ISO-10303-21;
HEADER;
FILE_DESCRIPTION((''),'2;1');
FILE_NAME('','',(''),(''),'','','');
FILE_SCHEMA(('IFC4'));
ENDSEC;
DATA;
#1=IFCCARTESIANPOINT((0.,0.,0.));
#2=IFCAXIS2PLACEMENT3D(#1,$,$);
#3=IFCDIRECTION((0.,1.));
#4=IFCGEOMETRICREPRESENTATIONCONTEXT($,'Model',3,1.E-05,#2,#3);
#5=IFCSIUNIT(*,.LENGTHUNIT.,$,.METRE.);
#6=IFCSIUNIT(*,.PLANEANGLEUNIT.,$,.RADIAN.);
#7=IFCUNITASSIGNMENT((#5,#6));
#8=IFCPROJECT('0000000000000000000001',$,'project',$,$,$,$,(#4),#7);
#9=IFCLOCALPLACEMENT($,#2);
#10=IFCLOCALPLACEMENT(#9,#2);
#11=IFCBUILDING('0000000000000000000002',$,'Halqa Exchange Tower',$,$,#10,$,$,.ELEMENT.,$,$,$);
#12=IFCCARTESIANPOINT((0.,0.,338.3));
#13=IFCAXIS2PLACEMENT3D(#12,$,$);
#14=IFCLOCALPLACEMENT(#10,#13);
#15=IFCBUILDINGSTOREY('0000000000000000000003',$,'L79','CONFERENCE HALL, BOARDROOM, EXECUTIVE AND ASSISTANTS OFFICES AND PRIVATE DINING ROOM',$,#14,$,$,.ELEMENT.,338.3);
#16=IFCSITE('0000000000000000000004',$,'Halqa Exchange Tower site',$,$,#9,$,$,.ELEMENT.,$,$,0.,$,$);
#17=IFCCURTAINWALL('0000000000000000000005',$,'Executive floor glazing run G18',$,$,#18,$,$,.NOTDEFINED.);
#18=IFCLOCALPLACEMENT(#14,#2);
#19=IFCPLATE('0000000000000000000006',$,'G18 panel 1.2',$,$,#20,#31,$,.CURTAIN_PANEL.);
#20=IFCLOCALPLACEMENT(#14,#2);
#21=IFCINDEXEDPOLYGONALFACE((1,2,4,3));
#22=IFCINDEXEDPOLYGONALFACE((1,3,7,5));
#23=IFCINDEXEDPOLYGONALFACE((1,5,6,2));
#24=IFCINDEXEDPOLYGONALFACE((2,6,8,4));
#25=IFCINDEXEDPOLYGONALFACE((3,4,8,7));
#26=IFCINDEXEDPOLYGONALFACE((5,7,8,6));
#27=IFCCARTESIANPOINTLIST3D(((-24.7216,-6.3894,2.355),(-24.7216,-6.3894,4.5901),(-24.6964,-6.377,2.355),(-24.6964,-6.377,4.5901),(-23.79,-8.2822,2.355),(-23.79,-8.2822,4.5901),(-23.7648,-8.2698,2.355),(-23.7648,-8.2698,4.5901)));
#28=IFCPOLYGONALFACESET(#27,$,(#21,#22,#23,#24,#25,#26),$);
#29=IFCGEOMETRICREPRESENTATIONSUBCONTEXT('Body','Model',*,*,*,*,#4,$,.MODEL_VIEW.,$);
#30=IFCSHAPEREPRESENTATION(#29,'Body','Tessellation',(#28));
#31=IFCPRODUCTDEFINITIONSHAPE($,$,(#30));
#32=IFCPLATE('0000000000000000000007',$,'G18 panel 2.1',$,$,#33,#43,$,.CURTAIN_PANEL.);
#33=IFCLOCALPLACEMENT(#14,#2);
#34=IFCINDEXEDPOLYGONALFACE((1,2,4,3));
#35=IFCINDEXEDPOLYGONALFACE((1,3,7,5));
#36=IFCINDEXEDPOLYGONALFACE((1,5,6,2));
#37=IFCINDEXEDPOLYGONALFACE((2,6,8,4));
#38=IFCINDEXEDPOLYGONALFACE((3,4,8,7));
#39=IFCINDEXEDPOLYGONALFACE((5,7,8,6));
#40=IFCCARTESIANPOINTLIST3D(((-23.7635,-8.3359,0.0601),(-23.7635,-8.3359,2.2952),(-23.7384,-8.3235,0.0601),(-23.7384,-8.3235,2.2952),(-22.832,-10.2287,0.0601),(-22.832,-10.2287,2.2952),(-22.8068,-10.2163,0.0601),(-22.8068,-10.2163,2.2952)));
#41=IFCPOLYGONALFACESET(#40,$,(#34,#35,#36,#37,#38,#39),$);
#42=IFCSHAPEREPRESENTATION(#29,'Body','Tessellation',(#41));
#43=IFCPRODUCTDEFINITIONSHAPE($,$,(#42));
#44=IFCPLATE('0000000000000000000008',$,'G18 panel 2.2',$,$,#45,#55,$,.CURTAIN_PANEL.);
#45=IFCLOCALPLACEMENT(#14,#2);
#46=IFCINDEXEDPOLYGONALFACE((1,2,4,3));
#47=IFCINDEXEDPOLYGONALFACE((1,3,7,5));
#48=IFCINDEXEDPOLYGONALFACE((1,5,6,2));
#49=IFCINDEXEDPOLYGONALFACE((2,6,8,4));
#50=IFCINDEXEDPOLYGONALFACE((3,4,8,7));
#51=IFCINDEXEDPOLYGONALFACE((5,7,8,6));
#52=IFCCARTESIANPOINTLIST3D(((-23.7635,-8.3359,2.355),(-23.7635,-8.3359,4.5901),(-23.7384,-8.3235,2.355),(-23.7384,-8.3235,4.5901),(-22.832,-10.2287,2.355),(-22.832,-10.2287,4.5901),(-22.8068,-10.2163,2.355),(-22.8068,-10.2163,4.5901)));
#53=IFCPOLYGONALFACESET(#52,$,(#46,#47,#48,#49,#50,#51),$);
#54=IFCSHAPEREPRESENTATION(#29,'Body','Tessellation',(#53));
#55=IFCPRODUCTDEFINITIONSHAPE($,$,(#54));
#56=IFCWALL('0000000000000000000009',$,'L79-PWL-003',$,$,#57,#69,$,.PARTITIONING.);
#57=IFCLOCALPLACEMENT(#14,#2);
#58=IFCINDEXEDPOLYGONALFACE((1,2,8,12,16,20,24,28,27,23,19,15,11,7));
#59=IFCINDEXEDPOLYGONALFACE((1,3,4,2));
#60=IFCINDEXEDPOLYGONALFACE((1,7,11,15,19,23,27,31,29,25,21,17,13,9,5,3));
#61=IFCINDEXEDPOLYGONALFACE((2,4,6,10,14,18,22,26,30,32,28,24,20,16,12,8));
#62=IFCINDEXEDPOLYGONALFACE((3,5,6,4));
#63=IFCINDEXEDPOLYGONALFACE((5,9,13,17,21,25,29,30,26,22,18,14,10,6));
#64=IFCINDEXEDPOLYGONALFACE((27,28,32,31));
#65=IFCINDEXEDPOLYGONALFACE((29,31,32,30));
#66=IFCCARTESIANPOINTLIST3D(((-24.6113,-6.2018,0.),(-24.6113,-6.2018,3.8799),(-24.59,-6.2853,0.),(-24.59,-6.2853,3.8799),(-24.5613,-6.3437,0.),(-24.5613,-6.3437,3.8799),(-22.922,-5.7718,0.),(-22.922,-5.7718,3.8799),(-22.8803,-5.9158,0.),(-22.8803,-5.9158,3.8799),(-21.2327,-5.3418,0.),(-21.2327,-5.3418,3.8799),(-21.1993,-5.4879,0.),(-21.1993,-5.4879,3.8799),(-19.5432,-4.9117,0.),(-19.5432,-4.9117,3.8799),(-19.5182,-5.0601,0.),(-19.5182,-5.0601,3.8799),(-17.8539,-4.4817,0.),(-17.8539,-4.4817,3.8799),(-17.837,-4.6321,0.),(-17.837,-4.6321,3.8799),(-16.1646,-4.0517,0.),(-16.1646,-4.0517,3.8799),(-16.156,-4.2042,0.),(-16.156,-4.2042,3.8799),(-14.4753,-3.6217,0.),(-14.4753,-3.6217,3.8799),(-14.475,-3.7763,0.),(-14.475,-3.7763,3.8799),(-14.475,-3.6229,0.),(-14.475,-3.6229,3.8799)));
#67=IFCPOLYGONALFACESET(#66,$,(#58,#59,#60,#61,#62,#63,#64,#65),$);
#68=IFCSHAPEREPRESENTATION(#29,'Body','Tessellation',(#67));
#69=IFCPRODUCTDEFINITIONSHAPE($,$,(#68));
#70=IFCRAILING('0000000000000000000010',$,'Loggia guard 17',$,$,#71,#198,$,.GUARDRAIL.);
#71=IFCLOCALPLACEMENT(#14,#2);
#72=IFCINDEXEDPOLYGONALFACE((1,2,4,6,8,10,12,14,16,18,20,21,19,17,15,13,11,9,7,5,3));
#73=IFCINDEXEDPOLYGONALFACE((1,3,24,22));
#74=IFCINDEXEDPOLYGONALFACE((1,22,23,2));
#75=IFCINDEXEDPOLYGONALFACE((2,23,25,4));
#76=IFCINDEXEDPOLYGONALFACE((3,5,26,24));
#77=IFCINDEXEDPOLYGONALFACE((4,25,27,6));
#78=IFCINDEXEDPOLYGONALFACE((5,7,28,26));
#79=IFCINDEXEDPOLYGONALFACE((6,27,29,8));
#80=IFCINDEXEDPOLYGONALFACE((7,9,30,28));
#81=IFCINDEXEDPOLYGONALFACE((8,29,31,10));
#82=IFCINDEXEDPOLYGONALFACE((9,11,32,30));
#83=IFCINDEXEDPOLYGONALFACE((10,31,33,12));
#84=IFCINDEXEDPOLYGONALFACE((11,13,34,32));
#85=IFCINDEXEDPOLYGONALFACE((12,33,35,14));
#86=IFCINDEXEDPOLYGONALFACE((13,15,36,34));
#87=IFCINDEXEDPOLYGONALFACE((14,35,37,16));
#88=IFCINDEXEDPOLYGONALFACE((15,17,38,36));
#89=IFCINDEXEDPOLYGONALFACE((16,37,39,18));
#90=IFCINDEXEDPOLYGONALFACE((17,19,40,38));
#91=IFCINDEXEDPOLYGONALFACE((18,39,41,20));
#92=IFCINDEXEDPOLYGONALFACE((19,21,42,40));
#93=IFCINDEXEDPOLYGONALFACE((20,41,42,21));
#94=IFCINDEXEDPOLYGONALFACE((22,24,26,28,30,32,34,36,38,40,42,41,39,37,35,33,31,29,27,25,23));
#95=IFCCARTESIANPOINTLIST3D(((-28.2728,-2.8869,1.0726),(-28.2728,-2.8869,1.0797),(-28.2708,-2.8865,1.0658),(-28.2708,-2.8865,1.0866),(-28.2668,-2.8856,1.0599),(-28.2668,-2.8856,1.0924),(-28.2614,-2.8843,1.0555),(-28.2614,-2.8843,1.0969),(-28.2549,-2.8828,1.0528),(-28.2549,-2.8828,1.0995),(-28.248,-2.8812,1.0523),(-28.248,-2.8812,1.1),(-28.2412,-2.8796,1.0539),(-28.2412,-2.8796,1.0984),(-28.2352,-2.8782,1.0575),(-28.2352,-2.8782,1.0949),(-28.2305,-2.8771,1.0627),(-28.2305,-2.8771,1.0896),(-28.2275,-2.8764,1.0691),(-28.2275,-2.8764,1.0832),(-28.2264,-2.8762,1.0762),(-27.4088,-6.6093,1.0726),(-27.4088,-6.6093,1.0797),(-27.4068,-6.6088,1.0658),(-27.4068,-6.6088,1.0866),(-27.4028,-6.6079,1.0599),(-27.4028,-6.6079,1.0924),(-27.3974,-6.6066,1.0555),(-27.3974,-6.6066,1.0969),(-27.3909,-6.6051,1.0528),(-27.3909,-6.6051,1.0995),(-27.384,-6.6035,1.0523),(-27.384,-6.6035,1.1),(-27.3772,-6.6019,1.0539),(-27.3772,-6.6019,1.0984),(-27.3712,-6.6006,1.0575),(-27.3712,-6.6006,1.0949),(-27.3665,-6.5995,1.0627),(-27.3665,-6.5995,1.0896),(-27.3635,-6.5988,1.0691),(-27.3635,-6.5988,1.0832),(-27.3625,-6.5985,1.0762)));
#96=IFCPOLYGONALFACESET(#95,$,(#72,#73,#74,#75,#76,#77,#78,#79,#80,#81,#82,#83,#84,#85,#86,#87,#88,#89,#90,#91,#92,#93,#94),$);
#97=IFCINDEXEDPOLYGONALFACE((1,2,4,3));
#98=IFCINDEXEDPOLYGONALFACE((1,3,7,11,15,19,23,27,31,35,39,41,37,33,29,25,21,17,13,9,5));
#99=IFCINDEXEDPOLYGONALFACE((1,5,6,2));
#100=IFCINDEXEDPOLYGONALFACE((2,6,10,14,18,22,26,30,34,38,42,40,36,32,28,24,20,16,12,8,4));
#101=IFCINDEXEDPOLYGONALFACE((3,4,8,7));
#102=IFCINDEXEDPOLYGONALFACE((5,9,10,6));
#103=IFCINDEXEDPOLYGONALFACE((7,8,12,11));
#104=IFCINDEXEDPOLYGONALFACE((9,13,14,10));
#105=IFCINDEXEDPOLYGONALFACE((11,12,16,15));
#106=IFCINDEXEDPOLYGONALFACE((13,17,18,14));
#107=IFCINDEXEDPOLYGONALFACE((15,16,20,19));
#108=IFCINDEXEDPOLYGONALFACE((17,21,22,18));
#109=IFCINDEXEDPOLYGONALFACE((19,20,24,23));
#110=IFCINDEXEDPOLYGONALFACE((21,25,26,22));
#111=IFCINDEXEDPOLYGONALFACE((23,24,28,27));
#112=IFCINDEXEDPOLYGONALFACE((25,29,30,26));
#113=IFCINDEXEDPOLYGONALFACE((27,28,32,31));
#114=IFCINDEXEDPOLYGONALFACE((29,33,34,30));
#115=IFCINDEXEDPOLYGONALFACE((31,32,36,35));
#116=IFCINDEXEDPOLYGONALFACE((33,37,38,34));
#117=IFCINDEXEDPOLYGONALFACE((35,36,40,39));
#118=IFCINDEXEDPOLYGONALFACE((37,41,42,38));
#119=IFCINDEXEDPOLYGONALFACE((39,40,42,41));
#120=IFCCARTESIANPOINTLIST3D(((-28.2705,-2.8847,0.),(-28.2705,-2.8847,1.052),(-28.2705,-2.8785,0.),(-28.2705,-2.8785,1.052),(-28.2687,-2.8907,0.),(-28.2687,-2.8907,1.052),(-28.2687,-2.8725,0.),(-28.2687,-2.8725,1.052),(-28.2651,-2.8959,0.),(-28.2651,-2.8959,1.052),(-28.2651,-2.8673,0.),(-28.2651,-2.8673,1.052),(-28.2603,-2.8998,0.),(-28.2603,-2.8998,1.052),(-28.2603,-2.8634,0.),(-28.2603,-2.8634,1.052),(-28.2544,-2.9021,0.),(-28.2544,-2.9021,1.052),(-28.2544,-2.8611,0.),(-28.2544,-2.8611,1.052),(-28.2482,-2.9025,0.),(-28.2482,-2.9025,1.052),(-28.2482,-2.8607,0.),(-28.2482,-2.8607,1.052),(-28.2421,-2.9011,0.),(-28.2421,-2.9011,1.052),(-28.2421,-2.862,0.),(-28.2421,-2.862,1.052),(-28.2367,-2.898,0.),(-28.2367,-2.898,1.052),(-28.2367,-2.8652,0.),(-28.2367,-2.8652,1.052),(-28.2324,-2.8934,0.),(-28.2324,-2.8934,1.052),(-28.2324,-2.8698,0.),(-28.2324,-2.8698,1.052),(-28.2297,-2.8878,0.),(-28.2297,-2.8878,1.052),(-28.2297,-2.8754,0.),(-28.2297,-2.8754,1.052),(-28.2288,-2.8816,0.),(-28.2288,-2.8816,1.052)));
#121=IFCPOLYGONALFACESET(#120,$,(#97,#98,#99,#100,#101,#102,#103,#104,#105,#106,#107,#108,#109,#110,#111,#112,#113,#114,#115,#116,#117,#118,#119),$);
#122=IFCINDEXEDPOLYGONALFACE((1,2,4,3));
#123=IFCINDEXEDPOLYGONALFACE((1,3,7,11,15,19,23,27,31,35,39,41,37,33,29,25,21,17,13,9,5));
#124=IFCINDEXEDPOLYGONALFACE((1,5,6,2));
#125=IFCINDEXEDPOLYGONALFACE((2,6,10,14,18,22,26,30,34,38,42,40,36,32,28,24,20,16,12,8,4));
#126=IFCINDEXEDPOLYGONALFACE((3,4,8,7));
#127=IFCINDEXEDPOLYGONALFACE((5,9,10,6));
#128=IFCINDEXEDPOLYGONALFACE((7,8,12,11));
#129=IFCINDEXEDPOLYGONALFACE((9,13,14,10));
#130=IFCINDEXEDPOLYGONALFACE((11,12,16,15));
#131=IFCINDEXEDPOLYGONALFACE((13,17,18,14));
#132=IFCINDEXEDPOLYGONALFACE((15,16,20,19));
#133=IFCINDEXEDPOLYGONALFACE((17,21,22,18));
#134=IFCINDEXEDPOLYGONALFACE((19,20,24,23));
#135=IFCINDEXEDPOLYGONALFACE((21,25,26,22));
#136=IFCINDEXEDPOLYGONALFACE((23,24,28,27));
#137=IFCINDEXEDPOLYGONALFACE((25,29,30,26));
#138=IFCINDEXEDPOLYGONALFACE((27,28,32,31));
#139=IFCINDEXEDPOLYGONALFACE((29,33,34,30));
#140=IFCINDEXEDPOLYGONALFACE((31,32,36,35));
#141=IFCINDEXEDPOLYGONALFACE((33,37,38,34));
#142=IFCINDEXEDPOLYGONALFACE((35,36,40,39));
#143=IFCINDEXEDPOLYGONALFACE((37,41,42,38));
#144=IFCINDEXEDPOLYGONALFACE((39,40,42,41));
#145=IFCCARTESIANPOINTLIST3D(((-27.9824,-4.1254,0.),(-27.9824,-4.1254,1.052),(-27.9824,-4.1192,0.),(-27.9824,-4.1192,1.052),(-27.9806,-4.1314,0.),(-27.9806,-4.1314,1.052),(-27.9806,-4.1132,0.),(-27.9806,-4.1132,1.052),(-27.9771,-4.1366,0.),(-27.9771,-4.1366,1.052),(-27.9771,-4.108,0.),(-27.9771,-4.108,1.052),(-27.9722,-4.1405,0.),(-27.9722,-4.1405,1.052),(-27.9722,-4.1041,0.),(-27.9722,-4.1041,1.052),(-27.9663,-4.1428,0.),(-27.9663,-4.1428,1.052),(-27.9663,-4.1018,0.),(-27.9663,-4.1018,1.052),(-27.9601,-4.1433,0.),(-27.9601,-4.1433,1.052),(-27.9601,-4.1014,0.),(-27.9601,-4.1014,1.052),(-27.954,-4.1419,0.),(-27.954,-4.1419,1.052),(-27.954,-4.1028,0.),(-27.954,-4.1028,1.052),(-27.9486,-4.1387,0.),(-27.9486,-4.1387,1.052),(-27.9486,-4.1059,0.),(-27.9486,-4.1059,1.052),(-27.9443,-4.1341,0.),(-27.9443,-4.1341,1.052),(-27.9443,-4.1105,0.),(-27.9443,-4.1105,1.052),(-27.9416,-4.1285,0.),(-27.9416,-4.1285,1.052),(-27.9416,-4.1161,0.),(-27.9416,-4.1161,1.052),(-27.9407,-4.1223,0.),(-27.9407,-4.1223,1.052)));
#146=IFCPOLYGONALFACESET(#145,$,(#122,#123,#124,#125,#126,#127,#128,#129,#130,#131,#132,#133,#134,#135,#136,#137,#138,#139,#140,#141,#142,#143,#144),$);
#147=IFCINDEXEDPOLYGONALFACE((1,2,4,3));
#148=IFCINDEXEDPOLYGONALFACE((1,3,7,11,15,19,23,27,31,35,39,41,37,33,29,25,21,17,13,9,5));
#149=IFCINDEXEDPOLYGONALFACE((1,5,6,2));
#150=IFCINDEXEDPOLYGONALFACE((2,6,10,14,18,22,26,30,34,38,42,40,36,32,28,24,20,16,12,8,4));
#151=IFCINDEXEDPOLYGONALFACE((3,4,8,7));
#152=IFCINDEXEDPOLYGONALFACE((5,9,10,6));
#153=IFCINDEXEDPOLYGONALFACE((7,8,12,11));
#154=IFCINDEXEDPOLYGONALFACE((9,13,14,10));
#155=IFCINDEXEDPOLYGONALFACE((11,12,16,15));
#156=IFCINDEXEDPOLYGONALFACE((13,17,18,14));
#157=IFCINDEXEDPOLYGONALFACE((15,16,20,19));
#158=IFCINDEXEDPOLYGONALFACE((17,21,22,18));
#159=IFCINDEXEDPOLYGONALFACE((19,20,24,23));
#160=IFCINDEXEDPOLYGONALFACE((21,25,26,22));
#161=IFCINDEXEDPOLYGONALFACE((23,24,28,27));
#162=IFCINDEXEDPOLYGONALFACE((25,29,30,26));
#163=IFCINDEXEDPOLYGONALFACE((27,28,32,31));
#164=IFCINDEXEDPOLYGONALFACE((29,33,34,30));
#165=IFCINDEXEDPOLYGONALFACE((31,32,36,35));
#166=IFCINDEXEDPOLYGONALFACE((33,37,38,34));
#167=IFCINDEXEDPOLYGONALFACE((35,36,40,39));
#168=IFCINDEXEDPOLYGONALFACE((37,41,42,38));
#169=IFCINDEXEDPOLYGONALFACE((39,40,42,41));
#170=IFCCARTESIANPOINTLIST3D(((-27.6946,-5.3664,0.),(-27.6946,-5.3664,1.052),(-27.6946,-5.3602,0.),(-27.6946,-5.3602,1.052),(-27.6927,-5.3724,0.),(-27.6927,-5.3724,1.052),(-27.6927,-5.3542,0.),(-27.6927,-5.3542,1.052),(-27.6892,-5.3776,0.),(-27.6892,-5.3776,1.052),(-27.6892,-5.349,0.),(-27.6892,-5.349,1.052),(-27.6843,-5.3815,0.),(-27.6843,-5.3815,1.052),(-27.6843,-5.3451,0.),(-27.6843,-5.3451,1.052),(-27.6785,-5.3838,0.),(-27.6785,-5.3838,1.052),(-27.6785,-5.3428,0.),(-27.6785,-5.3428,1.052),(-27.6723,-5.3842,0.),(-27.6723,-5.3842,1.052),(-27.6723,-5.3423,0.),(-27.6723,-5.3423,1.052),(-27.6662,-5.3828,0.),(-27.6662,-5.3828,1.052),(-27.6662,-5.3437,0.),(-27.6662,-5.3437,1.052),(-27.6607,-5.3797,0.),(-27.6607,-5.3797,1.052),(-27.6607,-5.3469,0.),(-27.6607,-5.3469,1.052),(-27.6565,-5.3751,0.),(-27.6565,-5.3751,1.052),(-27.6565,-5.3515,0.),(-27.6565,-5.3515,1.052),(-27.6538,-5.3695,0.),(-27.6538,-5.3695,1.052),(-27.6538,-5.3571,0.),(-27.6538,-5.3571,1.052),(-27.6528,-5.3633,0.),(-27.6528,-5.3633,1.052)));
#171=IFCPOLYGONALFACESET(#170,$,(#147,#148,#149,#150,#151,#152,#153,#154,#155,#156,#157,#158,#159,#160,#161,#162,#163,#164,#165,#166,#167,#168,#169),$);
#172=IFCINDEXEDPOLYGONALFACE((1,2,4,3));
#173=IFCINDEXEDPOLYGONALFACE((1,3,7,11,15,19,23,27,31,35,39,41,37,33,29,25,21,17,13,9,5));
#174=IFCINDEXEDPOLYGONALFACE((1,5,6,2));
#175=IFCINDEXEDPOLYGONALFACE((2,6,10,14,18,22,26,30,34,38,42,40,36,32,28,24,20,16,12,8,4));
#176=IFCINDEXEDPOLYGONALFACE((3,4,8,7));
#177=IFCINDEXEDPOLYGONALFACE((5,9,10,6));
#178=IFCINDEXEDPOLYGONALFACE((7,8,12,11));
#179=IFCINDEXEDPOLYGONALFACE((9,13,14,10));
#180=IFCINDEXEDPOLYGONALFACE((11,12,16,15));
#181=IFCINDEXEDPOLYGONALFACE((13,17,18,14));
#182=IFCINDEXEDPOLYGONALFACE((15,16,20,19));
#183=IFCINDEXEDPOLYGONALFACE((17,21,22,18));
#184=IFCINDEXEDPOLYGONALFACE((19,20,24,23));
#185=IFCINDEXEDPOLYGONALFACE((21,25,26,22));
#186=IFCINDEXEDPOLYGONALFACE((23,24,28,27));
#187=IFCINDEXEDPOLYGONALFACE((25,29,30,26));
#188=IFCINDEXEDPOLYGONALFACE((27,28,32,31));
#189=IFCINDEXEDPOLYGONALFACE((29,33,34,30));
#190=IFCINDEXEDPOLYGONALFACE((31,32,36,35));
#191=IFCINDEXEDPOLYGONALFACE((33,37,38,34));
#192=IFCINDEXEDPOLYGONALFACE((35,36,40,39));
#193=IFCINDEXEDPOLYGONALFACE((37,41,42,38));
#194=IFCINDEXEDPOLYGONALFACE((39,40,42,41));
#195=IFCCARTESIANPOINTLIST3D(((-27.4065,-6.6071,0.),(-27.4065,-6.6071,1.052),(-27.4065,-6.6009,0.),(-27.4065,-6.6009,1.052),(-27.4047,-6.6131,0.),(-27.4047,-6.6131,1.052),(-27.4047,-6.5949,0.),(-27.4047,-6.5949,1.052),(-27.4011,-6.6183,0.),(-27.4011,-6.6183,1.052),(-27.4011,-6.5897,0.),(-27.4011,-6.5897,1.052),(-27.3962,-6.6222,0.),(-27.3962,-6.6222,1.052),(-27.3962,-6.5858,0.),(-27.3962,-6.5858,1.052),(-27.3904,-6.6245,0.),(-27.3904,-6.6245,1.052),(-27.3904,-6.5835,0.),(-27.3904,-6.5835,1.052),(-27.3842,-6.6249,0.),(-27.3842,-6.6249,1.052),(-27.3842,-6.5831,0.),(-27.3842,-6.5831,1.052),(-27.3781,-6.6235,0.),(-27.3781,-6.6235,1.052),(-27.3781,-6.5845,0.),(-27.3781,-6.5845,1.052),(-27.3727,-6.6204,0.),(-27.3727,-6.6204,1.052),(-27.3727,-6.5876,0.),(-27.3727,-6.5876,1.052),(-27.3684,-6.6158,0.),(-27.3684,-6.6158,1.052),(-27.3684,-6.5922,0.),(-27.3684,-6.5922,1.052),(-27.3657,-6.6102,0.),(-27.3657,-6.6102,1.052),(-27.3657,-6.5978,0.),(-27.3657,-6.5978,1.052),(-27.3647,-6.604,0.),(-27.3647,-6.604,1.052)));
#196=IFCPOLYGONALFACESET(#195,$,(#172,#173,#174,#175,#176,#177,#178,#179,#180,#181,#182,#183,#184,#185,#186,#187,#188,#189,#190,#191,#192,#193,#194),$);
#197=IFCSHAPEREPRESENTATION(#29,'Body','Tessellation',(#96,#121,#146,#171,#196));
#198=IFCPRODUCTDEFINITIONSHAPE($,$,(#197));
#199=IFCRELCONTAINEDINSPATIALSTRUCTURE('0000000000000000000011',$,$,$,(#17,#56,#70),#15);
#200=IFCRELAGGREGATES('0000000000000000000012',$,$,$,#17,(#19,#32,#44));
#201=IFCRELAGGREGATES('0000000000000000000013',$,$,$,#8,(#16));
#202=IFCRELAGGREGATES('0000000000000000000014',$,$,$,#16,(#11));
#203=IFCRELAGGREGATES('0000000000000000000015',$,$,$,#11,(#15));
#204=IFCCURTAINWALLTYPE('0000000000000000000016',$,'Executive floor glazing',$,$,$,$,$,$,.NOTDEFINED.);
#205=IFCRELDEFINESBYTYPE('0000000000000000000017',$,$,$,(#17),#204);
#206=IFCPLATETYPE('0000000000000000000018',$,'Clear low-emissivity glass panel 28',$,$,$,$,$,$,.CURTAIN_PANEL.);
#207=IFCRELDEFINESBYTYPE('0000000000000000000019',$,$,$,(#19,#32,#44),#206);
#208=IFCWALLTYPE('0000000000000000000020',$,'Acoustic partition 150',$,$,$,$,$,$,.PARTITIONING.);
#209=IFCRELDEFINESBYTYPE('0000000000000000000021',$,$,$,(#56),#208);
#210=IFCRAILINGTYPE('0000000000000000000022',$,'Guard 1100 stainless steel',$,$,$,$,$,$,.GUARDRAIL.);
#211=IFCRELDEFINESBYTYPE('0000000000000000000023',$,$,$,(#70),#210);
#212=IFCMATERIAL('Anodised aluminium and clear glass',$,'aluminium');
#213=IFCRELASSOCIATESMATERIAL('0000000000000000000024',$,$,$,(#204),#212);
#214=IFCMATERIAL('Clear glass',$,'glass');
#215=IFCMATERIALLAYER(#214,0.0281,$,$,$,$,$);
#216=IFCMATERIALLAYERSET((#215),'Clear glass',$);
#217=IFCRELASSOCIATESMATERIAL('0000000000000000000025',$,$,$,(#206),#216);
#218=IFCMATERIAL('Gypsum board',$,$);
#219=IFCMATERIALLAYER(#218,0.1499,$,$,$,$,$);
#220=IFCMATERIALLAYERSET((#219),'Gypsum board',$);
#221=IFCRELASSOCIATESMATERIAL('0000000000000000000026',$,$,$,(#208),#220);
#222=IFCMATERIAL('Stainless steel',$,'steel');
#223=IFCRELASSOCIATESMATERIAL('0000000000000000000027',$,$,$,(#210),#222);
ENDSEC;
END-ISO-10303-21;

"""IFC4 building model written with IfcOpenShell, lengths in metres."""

from ifc_helpers import new_model, si_unit, direction, frame, origin, origin_2d, place, context, subcontext, project, spatial, polyline, rectangle, circle, outline, extrude, material, layer, layer_set, type_object, element, aggregate, save


model = new_model("IFC4")

# Units and contexts
model_context = context("Model", 3, precision=1e-05, world=origin(), true_north=direction((0.0, 1.0)))
body_context = subcontext(model_context, "Body", "Model", "MODEL_VIEW")
ifc_project = project(units=[si_unit("LENGTHUNIT", "METRE"), si_unit("PLANEANGLEUNIT", "RADIAN")], contexts=[model_context])

# Site, building, storey
site_placement = place(None, origin())
site = spatial("IfcSite", under=ifc_project, at=site_placement, Name="Halqa Exchange Tower site", CompositionType="ELEMENT", RefElevation=0.0)
building_placement = place(site_placement, origin())
building = spatial("IfcBuilding", under=site, at=building_placement, Name="Halqa Exchange Tower", CompositionType="ELEMENT")
storey_placement = place(building_placement, frame((0.0, 0.0, 338.3)))
storey = spatial("IfcBuildingStorey", under=building, at=storey_placement, Name="L79", Description="CONFERENCE HALL, BOARDROOM, EXECUTIVE AND ASSISTANTS OFFICES AND PRIVATE DINING ROOM", CompositionType="ELEMENT", Elevation=338.3)

# Curtain wall
ifc_material_1 = material(Name="Anodised aluminium and clear glass", Category="aluminium")
curtain_wall_type = type_object("IfcCurtainWallType", Name="Executive floor glazing", PredefinedType="NOTDEFINED", material=ifc_material_1)
curtain_wall_1_placement = place(storey_placement, origin())
curtain_wall_1 = element("IfcCurtainWall", 1, at=curtain_wall_1_placement, inside=storey, type_object=curtain_wall_type, Name="Executive floor glazing run G18", PredefinedType="NOTDEFINED")

# Plates
ifc_material_2 = material(Name="Clear glass", Category="glass")
ifc_layer_1 = layer(ifc_material_2, 0.0281)
ifc_layer_set_1 = layer_set([ifc_layer_1], Name="Clear glass")
plate_type = type_object("IfcPlateType", Name="Clear low-emissivity glass panel 28", PredefinedType="CURTAIN_PANEL", material=ifc_layer_set_1)
plate_1_placement = place(storey_placement, frame((-24.2432, -7.3296, 2.355), z_axis=(0.0, 0.0, 1.0), x_axis=(0.441595, -0.897215, 0.0)))
plate_1 = element("IfcPlate", 2, at=plate_1_placement, type_object=plate_type, Name="G18 panel 1.2", PredefinedType="CURTAIN_PANEL", context=body_context, shape_type="SweptSolid", body=[
    extrude(rectangle(XDim=2.1096, YDim=0.0281, at=origin_2d()), origin(), (0.0, 0.0, 1.0), 2.2351),
])
plate_2_placement = place(storey_placement, frame((-23.2852, -9.2761, 0.0601), z_axis=(0.0, 0.0, 1.0), x_axis=(0.441595, -0.897215, 0.0)))
plate_2 = element("IfcPlate", 3, at=plate_2_placement, type_object=plate_type, Name="G18 panel 2.1", PredefinedType="CURTAIN_PANEL", context=body_context, shape_type="SweptSolid", body=[
    extrude(rectangle(XDim=2.1096, YDim=0.0281, at=origin_2d()), origin(), (0.0, 0.0, 1.0), 2.2351),
])
plate_3_placement = place(storey_placement, frame((-23.2852, -9.2761, 2.355), z_axis=(0.0, 0.0, 1.0), x_axis=(0.441595, -0.897215, 0.0)))
plate_3 = element("IfcPlate", 4, at=plate_3_placement, type_object=plate_type, Name="G18 panel 2.2", PredefinedType="CURTAIN_PANEL", context=body_context, shape_type="SweptSolid", body=[
    extrude(rectangle(XDim=2.1096, YDim=0.0281, at=origin_2d()), origin(), (0.0, 0.0, 1.0), 2.2351),
])
aggregate(curtain_wall_1, [plate_1, plate_2, plate_3])

# Wall
ifc_material_3 = material(Name="Gypsum board")
ifc_layer_2 = layer(ifc_material_3, 0.1499)
ifc_layer_set_2 = layer_set([ifc_layer_2], Name="Gypsum board")
wall_type = type_object("IfcWallType", Name="Acoustic partition 150", PredefinedType="PARTITIONING", material=ifc_layer_set_2)
wall_placement = place(storey_placement, frame((-14.4568, -3.6943, 0.0), z_axis=(0.0, 0.0, 1.0), x_axis=(-0.969097, -0.24668, 0.0)))
element("IfcWall", 5, at=wall_placement, inside=storey, type_object=wall_type, Name="L79-PWL-003", PredefinedType="PARTITIONING", context=body_context, shape_type="SweptSolid", body=[
    extrude(outline(polyline([(10.4592, -0.075), (10.4592, 0.0112), (10.4458, 0.075), (8.7112, 0.075), (6.9766, 0.075), (5.2419, 0.075), (3.5071, 0.075), (1.7725, 0.075), (0.0378, 0.075), (0.0, -0.0737), (0.0, -0.075), (1.7432, -0.075), (3.4863, -0.075), (5.2295, -0.075), (6.9729, -0.075), (8.7161, -0.075), (10.4592, -0.075)])), origin(), (0.0, 0.0, 1.0), 3.8799),
])

# Railing
ifc_material_4 = material(Name="Stainless steel", Category="steel")
railing_type = type_object("IfcRailingType", Name="Guard 1100 stainless steel", PredefinedType="GUARDRAIL", material=ifc_material_4)
railing_1_placement = place(storey_placement, frame((-28.2498, -2.8816, 0.0)))
element("IfcRailing", 6, at=railing_1_placement, inside=storey, type_object=railing_type, Name="Loggia guard 17", PredefinedType="GUARDRAIL", context=body_context, shape_type="SweptSolid", body=[
    extrude(circle(Radius=0.0239, at=origin_2d()), frame((0.0, 0.0, 1.0762), z_axis=(0.2261, -0.974104, 0.0), x_axis=(0.974104, 0.2261, 0.0)), (0.0, 0.0, 1.0), 3.8213),
    extrude(circle(Radius=0.021, at=origin_2d()), origin(), (0.0, 0.0, 1.0), 1.052),
    extrude(circle(Radius=0.021, at=origin_2d()), frame((0.2881, -1.2407, 0.0)), (0.0, 0.0, 1.0), 1.052),
    extrude(circle(Radius=0.021, at=origin_2d()), frame((0.5759, -2.4817, 0.0)), (0.0, 0.0, 1.0), 1.052),
    extrude(circle(Radius=0.021, at=origin_2d()), frame((0.864, -3.7224, 0.0)), (0.0, 0.0, 1.0), 1.052),
])

save(model, "model.ifc")
